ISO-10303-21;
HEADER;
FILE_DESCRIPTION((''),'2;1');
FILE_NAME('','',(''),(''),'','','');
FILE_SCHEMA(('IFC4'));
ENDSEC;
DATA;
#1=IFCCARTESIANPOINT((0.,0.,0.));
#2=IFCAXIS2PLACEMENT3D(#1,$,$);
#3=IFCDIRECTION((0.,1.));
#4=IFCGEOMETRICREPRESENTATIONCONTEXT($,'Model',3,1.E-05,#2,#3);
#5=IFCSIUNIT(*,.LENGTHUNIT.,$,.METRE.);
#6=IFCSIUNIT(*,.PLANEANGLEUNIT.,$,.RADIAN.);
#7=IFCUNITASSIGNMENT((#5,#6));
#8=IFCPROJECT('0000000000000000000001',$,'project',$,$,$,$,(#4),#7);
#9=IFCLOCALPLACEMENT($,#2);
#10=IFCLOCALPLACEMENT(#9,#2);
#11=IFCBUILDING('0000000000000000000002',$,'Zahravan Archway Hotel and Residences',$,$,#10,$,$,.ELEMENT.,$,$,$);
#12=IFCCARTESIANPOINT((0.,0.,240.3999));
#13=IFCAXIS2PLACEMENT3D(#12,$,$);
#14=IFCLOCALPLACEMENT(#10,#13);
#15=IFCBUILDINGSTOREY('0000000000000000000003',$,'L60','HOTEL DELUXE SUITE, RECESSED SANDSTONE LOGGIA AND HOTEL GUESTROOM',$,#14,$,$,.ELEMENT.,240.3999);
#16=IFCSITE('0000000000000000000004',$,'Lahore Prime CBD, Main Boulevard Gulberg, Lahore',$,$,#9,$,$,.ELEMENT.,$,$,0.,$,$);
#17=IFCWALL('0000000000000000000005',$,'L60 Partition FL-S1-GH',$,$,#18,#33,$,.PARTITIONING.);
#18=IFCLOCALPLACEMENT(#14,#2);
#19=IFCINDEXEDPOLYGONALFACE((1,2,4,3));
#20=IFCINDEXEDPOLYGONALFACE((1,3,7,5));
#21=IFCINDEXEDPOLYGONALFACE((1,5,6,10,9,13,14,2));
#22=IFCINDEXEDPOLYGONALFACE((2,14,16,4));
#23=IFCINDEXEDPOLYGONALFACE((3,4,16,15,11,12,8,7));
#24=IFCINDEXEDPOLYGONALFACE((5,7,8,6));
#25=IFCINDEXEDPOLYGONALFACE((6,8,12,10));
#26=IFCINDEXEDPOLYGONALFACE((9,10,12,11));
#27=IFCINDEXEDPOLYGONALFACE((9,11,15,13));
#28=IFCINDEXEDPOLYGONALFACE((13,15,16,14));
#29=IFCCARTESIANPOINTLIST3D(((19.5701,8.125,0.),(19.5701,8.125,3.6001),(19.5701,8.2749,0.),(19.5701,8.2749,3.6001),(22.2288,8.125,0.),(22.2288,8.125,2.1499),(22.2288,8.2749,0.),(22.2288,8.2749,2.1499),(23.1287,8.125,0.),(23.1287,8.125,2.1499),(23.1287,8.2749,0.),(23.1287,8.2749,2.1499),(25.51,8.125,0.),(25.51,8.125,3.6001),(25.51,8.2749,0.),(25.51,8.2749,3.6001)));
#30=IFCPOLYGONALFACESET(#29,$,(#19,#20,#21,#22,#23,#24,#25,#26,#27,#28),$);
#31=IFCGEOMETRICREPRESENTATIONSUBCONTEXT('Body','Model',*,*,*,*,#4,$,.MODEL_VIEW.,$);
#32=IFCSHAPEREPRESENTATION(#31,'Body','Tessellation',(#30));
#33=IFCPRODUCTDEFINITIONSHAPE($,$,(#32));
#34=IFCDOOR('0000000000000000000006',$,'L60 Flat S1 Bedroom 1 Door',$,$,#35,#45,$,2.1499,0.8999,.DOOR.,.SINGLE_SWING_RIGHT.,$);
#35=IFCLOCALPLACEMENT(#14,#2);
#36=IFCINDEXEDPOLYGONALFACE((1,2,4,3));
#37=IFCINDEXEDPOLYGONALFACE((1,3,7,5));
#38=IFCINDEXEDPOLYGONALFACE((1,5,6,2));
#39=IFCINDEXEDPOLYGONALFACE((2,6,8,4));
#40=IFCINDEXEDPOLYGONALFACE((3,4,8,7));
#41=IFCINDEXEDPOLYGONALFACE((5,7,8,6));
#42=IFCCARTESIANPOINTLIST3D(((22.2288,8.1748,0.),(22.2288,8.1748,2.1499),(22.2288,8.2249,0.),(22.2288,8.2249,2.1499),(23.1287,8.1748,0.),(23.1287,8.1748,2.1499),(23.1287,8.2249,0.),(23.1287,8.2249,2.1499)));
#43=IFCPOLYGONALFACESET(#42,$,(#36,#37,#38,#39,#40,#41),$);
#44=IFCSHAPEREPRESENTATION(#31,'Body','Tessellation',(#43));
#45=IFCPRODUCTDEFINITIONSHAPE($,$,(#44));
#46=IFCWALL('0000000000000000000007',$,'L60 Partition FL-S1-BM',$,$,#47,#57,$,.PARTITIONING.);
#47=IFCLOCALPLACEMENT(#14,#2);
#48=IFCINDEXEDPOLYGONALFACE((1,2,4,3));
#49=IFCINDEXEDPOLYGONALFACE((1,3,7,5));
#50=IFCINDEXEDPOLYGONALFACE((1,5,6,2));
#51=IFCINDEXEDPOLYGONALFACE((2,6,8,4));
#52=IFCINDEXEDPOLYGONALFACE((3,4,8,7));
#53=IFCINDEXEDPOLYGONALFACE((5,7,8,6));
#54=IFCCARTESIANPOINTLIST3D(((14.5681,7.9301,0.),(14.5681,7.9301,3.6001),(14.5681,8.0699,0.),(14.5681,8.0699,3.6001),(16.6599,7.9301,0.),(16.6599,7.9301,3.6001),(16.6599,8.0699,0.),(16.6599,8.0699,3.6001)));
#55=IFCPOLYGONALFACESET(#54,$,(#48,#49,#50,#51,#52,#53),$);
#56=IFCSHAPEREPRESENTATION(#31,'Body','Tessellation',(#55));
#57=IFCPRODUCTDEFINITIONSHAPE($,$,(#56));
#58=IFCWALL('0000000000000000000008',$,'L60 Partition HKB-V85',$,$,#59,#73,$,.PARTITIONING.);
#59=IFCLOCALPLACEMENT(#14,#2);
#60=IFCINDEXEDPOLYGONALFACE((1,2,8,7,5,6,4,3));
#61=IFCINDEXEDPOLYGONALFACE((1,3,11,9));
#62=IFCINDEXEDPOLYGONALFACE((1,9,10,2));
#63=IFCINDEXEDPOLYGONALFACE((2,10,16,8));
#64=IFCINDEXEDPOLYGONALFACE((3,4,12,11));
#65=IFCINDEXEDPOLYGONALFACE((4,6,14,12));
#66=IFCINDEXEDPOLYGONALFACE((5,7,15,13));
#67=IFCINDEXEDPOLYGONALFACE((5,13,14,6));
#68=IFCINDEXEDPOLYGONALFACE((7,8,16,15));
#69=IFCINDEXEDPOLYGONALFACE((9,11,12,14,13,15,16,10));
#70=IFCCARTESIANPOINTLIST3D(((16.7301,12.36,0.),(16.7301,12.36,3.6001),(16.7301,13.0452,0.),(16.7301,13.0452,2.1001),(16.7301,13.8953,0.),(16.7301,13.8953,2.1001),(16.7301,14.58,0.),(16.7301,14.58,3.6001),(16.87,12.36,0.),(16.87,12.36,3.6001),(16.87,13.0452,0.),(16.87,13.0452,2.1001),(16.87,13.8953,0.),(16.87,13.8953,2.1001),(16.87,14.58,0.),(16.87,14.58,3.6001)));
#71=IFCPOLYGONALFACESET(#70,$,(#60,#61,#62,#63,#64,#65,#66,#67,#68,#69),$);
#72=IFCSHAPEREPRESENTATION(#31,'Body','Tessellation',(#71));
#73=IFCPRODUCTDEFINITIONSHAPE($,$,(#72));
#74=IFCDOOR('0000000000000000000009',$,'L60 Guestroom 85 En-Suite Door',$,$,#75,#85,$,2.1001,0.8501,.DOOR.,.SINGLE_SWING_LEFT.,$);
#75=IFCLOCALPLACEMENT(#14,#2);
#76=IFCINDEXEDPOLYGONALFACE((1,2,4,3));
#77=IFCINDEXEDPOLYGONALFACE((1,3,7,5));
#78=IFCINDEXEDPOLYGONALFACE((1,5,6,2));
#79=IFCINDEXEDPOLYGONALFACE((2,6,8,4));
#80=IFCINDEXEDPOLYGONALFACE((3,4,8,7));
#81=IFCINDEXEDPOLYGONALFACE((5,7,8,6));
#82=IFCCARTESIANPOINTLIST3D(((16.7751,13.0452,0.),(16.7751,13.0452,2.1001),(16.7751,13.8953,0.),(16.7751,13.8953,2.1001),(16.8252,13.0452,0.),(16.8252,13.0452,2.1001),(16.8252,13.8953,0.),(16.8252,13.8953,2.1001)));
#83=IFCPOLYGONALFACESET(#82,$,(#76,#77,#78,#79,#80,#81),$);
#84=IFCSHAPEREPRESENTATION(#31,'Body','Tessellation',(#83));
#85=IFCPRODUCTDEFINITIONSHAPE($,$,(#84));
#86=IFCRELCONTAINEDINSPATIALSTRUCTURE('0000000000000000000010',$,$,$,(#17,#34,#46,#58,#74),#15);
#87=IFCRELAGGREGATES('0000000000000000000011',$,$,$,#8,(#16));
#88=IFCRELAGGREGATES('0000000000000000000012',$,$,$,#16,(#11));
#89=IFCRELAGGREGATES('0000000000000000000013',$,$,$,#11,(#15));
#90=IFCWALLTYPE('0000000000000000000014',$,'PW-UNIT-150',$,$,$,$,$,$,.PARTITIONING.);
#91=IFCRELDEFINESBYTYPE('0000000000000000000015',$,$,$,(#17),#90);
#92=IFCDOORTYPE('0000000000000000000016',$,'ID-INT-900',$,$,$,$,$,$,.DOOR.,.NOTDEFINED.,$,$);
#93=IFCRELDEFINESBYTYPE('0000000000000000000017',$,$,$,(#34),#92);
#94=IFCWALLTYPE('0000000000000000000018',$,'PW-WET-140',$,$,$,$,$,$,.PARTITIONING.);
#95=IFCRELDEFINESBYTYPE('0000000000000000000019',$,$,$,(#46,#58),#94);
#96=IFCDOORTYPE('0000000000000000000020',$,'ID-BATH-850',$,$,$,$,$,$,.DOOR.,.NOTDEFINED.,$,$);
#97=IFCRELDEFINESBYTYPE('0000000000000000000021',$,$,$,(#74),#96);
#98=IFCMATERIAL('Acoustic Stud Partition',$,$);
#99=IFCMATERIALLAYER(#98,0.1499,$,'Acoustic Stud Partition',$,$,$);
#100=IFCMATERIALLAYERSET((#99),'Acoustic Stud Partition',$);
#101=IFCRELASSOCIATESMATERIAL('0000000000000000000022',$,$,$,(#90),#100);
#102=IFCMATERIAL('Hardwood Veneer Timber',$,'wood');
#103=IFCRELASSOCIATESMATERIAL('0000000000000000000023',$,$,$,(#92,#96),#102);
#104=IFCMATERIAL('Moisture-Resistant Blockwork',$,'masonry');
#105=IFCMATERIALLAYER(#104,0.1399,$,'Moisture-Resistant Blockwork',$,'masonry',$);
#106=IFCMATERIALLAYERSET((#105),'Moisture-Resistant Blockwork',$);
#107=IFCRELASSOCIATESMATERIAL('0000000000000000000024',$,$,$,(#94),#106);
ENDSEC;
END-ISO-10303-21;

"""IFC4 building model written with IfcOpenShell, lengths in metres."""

from ifc_helpers import new_model, si_unit, direction, frame, frame_2d, origin, place, context, subcontext, project, spatial, rectangle, extrude, source, transform, mapped, material, layer, layer_set, type_object, type_shapes, element, fill, save


model = new_model("IFC4")

# Units and contexts
model_context = context("Model", 3, precision=1e-05, world=origin(), true_north=direction((0.0, 1.0)))
body_context = subcontext(model_context, "Body", "Model", "MODEL_VIEW")
ifc_project = project(units=[si_unit("LENGTHUNIT", "METRE"), si_unit("PLANEANGLEUNIT", "RADIAN")], contexts=[model_context])

# Site, building, storey
site_placement = place(None, origin())
site = spatial("IfcSite", under=ifc_project, at=site_placement, Name="Lahore Prime CBD, Main Boulevard Gulberg, Lahore", CompositionType="ELEMENT", RefElevation=0.0)
building_placement = place(site_placement, origin())
building = spatial("IfcBuilding", under=site, at=building_placement, Name="Zahravan Archway Hotel and Residences", CompositionType="ELEMENT")
storey_placement = place(building_placement, frame((0.0, 0.0, 240.3999)))
storey = spatial("IfcBuildingStorey", under=building, at=storey_placement, Name="L60", Description="HOTEL DELUXE SUITE, RECESSED SANDSTONE LOGGIA AND HOTEL GUESTROOM", CompositionType="ELEMENT", Elevation=240.3999)

# Shared definitions
ifc_material_1 = material(Name="Hardwood Veneer Timber", Category="wood")

# Wall, opening, door
ifc_material_2 = material(Name="Acoustic Stud Partition")
ifc_layer_1 = layer(ifc_material_2, 0.1499, Name="Acoustic Stud Partition")
ifc_layer_set_1 = layer_set([ifc_layer_1], Name="Acoustic Stud Partition")
wall_type_1 = type_object("IfcWallType", Name="PW-UNIT-150", PredefinedType="PARTITIONING", material=ifc_layer_set_1)
wall_1_placement = place(storey_placement, frame((19.5701, 8.2, 0.0), z_axis=(0.0, 0.0, 1.0), x_axis=(1.0, 0.0, 0.0)))
wall_1 = element("IfcWall", 1, at=wall_1_placement, inside=storey, type_object=wall_type_1, Name="L60 Partition FL-S1-GH", PredefinedType="PARTITIONING", context=body_context, shape_type="SweptSolid", body=[
    extrude(rectangle(XDim=5.9399, YDim=0.1499, at=frame_2d((2.97, 0.0))), origin(), (0.0, 0.0, 1.0), 3.6001),
])
opening_1_placement = place(wall_1_placement, frame((2.6587, 0.0, 0.0)))
opening_1 = element("IfcOpeningElement", 2, at=opening_1_placement, cuts=wall_1, PredefinedType="OPENING", context=body_context, shape_type="SweptSolid", body=[
    extrude(rectangle(XDim=0.8999, YDim=2.1499, at=frame_2d((0.45, 1.075))), frame((0.0, 0.085, 0.0), z_axis=(0.0, -1.0, 0.0), x_axis=(1.0, 0.0, 0.0)), (0.0, 0.0, 1.0), 0.1699),
])
door_type_1 = type_object("IfcDoorType", Name="ID-INT-900", OperationType="NOTDEFINED", PredefinedType="DOOR", material=ifc_material_1)
shared_shape_1 = source(origin(), body_context, "Body", "SweptSolid", [
    extrude(rectangle(XDim=0.8999, YDim=2.1499, at=frame_2d((0.45, 1.075))), frame((0.0, 0.0249, 0.0), z_axis=(0.0, -1.0, 0.0), x_axis=(1.0, 0.0, 0.0)), (0.0, 0.0, 1.0), 0.05),
])
type_shapes(door_type_1, [shared_shape_1])
door_1_placement = place(opening_1_placement, origin())
door_1 = element("IfcDoor", 3, at=door_1_placement, inside=storey, type_object=door_type_1, Name="L60 Flat S1 Bedroom 1 Door", OperationType="SINGLE_SWING_RIGHT", OverallHeight=2.1499, OverallWidth=0.8999, PredefinedType="DOOR", context=body_context, shape_type="MappedRepresentation", body=[
    mapped(shared_shape_1, transform((0.0, 0.0, 0.0), scale=1.0)),
])
fill(opening_1, door_1)

# Wall
ifc_material_3 = material(Name="Moisture-Resistant Blockwork", Category="masonry")
ifc_layer_2 = layer(ifc_material_3, 0.1399, Name="Moisture-Resistant Blockwork", Category="masonry")
ifc_layer_set_2 = layer_set([ifc_layer_2], Name="Moisture-Resistant Blockwork")
wall_type_2 = type_object("IfcWallType", Name="PW-WET-140", PredefinedType="PARTITIONING", material=ifc_layer_set_2)
wall_2_placement = place(storey_placement, frame((14.5681, 8.0, 0.0), z_axis=(0.0, 0.0, 1.0), x_axis=(1.0, 0.0, 0.0)))
element("IfcWall", 4, at=wall_2_placement, inside=storey, type_object=wall_type_2, Name="L60 Partition FL-S1-BM", PredefinedType="PARTITIONING", context=body_context, shape_type="SweptSolid", body=[
    extrude(rectangle(XDim=2.0918, YDim=0.1399, at=frame_2d((1.0459, 0.0))), origin(), (0.0, 0.0, 1.0), 3.6001),
])

# Wall, opening, door
wall_3_placement = place(storey_placement, frame((16.8, 12.3601, 0.0), z_axis=(0.0, 0.0, 1.0), x_axis=(0.0, 1.0, 0.0)))
wall_3 = element("IfcWall", 5, at=wall_3_placement, inside=storey, type_object=wall_type_2, Name="L60 Partition HKB-V85", PredefinedType="PARTITIONING", context=body_context, shape_type="SweptSolid", body=[
    extrude(rectangle(XDim=2.22, YDim=0.1399, at=frame_2d((1.1099, 0.0))), origin(), (0.0, 0.0, 1.0), 3.6001),
])
opening_2_placement = place(wall_3_placement, frame((0.6851, 0.0, 0.0)))
opening_2 = element("IfcOpeningElement", 6, at=opening_2_placement, cuts=wall_3, PredefinedType="OPENING", context=body_context, shape_type="SweptSolid", body=[
    extrude(rectangle(XDim=0.8501, YDim=2.1001, at=frame_2d((0.425, 1.05))), frame((0.0, 0.0801, 0.0), z_axis=(0.0, -1.0, 0.0), x_axis=(1.0, 0.0, 0.0)), (0.0, 0.0, 1.0), 0.1599),
])
door_type_2 = type_object("IfcDoorType", Name="ID-BATH-850", OperationType="NOTDEFINED", PredefinedType="DOOR", material=ifc_material_1)
shared_shape_2 = source(origin(), body_context, "Body", "SweptSolid", [
    extrude(rectangle(XDim=0.8501, YDim=2.1001, at=frame_2d((0.425, 1.05))), frame((0.0, 0.0249, 0.0), z_axis=(0.0, -1.0, 0.0), x_axis=(1.0, 0.0, 0.0)), (0.0, 0.0, 1.0), 0.05),
])
type_shapes(door_type_2, [shared_shape_2])
door_2_placement = place(opening_2_placement, origin())
door_2 = element("IfcDoor", 7, at=door_2_placement, inside=storey, type_object=door_type_2, Name="L60 Guestroom 85 En-Suite Door", OperationType="SINGLE_SWING_LEFT", OverallHeight=2.1001, OverallWidth=0.8501, PredefinedType="DOOR", context=body_context, shape_type="MappedRepresentation", body=[
    mapped(shared_shape_2, transform((0.0, 0.0, 0.0), scale=1.0)),
])
fill(opening_2, door_2)

save(model, "model.ifc")
